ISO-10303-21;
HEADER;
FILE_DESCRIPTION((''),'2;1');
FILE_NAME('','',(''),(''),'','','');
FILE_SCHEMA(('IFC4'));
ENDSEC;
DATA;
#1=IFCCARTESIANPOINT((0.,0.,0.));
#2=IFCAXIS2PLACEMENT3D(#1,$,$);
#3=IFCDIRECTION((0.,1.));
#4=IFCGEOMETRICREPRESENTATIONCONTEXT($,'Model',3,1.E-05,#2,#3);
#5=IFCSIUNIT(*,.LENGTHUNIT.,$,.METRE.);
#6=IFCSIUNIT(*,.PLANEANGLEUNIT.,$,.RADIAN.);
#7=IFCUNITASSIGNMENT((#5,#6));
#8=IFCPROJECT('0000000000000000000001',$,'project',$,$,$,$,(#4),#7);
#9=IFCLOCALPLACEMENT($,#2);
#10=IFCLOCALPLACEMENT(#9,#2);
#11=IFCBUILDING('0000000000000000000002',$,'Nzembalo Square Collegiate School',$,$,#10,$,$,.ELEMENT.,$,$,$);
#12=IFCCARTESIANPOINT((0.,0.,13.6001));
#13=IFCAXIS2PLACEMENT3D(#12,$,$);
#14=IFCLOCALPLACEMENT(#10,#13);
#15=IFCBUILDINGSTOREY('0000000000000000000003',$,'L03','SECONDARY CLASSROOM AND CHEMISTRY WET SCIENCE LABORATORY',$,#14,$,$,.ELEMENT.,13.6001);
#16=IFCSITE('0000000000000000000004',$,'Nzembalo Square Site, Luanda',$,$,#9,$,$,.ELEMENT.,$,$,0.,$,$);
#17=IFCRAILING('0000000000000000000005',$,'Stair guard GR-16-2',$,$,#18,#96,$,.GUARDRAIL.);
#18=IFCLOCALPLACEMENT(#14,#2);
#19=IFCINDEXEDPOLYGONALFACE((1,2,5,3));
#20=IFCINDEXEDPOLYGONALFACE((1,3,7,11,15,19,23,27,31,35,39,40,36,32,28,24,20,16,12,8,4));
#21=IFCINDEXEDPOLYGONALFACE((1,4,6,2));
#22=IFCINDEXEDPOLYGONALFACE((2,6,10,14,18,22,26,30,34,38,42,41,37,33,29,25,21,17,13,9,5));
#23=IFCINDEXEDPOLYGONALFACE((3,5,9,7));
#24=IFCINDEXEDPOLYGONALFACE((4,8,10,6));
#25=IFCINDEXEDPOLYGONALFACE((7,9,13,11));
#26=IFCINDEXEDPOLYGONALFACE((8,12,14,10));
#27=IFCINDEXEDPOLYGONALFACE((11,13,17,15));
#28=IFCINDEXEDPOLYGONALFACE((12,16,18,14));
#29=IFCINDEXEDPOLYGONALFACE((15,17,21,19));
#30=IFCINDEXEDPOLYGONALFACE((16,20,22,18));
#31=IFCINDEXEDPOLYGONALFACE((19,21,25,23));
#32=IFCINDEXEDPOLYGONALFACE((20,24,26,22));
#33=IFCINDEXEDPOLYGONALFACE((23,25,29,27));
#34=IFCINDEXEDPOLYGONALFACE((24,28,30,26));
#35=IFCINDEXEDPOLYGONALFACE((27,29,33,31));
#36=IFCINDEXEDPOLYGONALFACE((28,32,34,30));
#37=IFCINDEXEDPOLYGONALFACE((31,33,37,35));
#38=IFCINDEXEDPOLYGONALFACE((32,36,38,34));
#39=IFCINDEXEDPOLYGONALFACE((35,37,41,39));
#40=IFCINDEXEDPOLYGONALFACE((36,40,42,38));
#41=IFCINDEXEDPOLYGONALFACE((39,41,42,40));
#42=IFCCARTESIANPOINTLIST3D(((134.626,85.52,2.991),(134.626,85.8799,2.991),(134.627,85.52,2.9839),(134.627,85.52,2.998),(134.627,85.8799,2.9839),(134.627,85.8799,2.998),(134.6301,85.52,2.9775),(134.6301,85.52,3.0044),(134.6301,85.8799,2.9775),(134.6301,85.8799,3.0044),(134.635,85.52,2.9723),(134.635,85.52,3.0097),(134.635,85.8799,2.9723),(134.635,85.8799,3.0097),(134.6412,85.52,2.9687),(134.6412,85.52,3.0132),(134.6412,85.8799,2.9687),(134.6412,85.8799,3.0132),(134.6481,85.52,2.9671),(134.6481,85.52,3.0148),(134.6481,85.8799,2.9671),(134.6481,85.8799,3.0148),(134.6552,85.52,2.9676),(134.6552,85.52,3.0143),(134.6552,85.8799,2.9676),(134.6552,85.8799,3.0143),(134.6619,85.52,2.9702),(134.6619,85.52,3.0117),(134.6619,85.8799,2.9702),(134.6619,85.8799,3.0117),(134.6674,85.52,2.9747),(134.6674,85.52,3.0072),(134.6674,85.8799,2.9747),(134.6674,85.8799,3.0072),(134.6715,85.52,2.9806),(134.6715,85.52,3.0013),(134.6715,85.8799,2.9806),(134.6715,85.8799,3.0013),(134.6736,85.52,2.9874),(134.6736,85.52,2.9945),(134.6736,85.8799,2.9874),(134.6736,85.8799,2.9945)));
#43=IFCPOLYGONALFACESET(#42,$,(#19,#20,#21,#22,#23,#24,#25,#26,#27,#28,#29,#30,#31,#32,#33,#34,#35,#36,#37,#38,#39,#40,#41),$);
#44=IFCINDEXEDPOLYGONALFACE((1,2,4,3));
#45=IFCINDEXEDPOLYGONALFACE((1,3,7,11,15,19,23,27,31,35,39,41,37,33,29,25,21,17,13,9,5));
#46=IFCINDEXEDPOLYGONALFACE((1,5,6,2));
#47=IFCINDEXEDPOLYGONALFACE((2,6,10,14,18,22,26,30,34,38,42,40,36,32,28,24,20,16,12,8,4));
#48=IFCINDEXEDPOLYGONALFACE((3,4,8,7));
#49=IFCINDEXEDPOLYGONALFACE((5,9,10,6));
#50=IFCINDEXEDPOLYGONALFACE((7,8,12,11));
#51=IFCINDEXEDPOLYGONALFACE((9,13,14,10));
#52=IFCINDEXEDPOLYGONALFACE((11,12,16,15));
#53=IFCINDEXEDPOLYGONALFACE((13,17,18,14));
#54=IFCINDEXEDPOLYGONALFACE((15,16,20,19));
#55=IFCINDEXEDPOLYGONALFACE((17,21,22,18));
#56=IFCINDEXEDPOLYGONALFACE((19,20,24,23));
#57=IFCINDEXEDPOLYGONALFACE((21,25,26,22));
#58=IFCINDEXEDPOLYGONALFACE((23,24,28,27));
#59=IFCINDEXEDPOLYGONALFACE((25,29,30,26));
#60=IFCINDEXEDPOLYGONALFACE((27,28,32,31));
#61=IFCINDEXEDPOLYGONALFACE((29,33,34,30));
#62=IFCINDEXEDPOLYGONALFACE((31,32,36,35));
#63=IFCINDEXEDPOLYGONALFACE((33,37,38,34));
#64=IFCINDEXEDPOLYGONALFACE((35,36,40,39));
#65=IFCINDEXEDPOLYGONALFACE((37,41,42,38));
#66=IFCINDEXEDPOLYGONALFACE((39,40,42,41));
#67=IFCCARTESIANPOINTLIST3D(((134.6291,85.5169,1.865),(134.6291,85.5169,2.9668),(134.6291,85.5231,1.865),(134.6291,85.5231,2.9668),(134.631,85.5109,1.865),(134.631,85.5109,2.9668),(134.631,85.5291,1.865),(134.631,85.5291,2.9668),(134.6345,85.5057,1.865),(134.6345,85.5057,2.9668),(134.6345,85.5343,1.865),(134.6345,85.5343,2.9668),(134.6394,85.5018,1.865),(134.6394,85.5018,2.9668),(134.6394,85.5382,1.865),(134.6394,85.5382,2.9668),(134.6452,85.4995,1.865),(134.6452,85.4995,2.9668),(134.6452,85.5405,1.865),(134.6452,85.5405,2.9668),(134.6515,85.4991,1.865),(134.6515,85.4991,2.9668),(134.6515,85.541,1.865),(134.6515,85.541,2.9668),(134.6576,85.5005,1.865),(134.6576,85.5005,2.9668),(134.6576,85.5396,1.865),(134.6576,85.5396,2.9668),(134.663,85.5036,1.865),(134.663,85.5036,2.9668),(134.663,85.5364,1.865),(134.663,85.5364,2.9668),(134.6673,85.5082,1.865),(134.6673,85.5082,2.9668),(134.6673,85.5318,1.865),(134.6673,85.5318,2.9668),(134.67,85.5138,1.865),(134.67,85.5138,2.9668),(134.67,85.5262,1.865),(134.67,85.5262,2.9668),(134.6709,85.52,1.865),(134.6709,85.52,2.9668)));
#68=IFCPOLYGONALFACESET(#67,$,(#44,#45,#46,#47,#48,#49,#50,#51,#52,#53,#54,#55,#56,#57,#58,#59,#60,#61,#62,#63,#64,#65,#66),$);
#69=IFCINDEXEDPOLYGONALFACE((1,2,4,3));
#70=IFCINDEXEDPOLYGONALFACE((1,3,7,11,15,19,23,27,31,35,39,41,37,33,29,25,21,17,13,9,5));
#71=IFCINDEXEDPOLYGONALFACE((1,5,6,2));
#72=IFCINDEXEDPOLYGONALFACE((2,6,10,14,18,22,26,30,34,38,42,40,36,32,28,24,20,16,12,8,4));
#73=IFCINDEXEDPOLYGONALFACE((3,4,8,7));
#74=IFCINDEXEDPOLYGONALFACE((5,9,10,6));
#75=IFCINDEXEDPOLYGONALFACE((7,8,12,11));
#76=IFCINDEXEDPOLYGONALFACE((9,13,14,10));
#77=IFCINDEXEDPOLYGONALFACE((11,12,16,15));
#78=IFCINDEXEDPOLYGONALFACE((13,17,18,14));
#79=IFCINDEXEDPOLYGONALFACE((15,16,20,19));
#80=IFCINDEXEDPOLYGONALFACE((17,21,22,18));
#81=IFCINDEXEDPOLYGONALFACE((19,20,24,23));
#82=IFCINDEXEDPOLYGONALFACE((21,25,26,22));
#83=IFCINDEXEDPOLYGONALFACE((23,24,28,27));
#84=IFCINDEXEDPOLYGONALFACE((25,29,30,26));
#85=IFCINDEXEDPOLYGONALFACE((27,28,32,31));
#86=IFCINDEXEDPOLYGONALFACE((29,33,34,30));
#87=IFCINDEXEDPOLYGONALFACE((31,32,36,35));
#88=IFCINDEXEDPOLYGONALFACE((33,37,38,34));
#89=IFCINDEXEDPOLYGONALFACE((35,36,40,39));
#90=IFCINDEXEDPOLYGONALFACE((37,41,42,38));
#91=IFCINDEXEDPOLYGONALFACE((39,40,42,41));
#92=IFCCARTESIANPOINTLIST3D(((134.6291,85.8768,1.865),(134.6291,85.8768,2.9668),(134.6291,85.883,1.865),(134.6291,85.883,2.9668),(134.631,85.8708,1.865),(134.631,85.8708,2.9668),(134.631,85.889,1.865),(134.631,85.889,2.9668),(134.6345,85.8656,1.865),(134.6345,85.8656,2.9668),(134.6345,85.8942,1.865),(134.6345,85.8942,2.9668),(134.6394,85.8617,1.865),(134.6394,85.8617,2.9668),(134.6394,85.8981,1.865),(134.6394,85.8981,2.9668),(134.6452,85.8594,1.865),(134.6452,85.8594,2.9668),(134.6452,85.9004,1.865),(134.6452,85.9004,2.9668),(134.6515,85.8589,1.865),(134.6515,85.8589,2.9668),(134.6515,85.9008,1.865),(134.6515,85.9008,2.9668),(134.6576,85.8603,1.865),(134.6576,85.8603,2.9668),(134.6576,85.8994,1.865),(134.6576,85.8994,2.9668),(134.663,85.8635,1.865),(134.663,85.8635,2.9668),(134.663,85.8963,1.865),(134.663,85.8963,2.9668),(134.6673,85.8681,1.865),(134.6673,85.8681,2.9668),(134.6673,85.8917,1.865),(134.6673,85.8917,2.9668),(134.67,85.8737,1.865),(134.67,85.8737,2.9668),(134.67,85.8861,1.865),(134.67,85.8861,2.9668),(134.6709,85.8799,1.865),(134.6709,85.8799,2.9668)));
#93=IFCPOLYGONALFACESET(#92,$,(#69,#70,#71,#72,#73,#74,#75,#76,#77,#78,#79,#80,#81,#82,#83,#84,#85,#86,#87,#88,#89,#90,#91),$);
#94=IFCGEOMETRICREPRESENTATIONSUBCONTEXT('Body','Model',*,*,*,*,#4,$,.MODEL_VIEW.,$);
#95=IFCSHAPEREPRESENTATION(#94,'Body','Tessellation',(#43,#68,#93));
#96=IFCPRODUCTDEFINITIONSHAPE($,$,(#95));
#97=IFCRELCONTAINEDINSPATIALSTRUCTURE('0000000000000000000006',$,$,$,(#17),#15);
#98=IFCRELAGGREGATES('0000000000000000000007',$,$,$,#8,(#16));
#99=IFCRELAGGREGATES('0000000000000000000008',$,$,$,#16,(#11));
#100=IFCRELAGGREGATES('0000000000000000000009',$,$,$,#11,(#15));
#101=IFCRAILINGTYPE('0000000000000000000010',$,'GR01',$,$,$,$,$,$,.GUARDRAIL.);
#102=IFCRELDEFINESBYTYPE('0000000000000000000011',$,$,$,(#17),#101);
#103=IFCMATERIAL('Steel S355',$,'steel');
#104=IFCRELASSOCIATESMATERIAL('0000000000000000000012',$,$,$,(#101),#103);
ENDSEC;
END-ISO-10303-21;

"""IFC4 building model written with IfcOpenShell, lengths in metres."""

from ifc_helpers import new_model, si_unit, direction, frame, origin, origin_2d, place, context, subcontext, project, spatial, circle, extrude, material, type_object, element, save


model = new_model("IFC4")

# Units and contexts
model_context = context("Model", 3, precision=1e-05, world=origin(), true_north=direction((0.0, 1.0)))
body_context = subcontext(model_context, "Body", "Model", "MODEL_VIEW")
ifc_project = project(units=[si_unit("LENGTHUNIT", "METRE"), si_unit("PLANEANGLEUNIT", "RADIAN")], contexts=[model_context])

# Site, building, storey
site_placement = place(None, origin())
site = spatial("IfcSite", under=ifc_project, at=site_placement, Name="Nzembalo Square Site, Luanda", CompositionType="ELEMENT", RefElevation=0.0)
building_placement = place(site_placement, origin())
building = spatial("IfcBuilding", under=site, at=building_placement, Name="Nzembalo Square Collegiate School", CompositionType="ELEMENT")
storey_placement = place(building_placement, frame((0.0, 0.0, 13.6001)))
storey = spatial("IfcBuildingStorey", under=building, at=storey_placement, Name="L03", Description="SECONDARY CLASSROOM AND CHEMISTRY WET SCIENCE LABORATORY", CompositionType="ELEMENT", Elevation=13.6001)

# Railing
ifc_material_1 = material(Name="Steel S355", Category="steel")
railing_type_1 = type_object("IfcRailingType", Name="GR01", PredefinedType="GUARDRAIL", material=ifc_material_1)
railing_1_placement = place(storey_placement, frame((134.6499, 85.52, 1.865)))
element("IfcRailing", 1, at=railing_1_placement, inside=storey, type_object=railing_type_1, Name="Stair guard GR-16-2", PredefinedType="GUARDRAIL", context=body_context, shape_type="SweptSolid", body=[
    extrude(circle(Radius=0.0239, at=origin_2d()), frame((0.0, 0.0, 1.126), z_axis=(0.0, 1.0, 0.0), x_axis=(-1.0, 0.0, 0.0)), (0.0, 0.0, 1.0), 0.3599),
    extrude(circle(Radius=0.021, at=origin_2d()), origin(), (0.0, 0.0, 1.0), 1.1018),
    extrude(circle(Radius=0.021, at=origin_2d()), frame((0.0, 0.3599, 0.0)), (0.0, 0.0, 1.0), 1.1018),
])

save(model, "model.ifc")
